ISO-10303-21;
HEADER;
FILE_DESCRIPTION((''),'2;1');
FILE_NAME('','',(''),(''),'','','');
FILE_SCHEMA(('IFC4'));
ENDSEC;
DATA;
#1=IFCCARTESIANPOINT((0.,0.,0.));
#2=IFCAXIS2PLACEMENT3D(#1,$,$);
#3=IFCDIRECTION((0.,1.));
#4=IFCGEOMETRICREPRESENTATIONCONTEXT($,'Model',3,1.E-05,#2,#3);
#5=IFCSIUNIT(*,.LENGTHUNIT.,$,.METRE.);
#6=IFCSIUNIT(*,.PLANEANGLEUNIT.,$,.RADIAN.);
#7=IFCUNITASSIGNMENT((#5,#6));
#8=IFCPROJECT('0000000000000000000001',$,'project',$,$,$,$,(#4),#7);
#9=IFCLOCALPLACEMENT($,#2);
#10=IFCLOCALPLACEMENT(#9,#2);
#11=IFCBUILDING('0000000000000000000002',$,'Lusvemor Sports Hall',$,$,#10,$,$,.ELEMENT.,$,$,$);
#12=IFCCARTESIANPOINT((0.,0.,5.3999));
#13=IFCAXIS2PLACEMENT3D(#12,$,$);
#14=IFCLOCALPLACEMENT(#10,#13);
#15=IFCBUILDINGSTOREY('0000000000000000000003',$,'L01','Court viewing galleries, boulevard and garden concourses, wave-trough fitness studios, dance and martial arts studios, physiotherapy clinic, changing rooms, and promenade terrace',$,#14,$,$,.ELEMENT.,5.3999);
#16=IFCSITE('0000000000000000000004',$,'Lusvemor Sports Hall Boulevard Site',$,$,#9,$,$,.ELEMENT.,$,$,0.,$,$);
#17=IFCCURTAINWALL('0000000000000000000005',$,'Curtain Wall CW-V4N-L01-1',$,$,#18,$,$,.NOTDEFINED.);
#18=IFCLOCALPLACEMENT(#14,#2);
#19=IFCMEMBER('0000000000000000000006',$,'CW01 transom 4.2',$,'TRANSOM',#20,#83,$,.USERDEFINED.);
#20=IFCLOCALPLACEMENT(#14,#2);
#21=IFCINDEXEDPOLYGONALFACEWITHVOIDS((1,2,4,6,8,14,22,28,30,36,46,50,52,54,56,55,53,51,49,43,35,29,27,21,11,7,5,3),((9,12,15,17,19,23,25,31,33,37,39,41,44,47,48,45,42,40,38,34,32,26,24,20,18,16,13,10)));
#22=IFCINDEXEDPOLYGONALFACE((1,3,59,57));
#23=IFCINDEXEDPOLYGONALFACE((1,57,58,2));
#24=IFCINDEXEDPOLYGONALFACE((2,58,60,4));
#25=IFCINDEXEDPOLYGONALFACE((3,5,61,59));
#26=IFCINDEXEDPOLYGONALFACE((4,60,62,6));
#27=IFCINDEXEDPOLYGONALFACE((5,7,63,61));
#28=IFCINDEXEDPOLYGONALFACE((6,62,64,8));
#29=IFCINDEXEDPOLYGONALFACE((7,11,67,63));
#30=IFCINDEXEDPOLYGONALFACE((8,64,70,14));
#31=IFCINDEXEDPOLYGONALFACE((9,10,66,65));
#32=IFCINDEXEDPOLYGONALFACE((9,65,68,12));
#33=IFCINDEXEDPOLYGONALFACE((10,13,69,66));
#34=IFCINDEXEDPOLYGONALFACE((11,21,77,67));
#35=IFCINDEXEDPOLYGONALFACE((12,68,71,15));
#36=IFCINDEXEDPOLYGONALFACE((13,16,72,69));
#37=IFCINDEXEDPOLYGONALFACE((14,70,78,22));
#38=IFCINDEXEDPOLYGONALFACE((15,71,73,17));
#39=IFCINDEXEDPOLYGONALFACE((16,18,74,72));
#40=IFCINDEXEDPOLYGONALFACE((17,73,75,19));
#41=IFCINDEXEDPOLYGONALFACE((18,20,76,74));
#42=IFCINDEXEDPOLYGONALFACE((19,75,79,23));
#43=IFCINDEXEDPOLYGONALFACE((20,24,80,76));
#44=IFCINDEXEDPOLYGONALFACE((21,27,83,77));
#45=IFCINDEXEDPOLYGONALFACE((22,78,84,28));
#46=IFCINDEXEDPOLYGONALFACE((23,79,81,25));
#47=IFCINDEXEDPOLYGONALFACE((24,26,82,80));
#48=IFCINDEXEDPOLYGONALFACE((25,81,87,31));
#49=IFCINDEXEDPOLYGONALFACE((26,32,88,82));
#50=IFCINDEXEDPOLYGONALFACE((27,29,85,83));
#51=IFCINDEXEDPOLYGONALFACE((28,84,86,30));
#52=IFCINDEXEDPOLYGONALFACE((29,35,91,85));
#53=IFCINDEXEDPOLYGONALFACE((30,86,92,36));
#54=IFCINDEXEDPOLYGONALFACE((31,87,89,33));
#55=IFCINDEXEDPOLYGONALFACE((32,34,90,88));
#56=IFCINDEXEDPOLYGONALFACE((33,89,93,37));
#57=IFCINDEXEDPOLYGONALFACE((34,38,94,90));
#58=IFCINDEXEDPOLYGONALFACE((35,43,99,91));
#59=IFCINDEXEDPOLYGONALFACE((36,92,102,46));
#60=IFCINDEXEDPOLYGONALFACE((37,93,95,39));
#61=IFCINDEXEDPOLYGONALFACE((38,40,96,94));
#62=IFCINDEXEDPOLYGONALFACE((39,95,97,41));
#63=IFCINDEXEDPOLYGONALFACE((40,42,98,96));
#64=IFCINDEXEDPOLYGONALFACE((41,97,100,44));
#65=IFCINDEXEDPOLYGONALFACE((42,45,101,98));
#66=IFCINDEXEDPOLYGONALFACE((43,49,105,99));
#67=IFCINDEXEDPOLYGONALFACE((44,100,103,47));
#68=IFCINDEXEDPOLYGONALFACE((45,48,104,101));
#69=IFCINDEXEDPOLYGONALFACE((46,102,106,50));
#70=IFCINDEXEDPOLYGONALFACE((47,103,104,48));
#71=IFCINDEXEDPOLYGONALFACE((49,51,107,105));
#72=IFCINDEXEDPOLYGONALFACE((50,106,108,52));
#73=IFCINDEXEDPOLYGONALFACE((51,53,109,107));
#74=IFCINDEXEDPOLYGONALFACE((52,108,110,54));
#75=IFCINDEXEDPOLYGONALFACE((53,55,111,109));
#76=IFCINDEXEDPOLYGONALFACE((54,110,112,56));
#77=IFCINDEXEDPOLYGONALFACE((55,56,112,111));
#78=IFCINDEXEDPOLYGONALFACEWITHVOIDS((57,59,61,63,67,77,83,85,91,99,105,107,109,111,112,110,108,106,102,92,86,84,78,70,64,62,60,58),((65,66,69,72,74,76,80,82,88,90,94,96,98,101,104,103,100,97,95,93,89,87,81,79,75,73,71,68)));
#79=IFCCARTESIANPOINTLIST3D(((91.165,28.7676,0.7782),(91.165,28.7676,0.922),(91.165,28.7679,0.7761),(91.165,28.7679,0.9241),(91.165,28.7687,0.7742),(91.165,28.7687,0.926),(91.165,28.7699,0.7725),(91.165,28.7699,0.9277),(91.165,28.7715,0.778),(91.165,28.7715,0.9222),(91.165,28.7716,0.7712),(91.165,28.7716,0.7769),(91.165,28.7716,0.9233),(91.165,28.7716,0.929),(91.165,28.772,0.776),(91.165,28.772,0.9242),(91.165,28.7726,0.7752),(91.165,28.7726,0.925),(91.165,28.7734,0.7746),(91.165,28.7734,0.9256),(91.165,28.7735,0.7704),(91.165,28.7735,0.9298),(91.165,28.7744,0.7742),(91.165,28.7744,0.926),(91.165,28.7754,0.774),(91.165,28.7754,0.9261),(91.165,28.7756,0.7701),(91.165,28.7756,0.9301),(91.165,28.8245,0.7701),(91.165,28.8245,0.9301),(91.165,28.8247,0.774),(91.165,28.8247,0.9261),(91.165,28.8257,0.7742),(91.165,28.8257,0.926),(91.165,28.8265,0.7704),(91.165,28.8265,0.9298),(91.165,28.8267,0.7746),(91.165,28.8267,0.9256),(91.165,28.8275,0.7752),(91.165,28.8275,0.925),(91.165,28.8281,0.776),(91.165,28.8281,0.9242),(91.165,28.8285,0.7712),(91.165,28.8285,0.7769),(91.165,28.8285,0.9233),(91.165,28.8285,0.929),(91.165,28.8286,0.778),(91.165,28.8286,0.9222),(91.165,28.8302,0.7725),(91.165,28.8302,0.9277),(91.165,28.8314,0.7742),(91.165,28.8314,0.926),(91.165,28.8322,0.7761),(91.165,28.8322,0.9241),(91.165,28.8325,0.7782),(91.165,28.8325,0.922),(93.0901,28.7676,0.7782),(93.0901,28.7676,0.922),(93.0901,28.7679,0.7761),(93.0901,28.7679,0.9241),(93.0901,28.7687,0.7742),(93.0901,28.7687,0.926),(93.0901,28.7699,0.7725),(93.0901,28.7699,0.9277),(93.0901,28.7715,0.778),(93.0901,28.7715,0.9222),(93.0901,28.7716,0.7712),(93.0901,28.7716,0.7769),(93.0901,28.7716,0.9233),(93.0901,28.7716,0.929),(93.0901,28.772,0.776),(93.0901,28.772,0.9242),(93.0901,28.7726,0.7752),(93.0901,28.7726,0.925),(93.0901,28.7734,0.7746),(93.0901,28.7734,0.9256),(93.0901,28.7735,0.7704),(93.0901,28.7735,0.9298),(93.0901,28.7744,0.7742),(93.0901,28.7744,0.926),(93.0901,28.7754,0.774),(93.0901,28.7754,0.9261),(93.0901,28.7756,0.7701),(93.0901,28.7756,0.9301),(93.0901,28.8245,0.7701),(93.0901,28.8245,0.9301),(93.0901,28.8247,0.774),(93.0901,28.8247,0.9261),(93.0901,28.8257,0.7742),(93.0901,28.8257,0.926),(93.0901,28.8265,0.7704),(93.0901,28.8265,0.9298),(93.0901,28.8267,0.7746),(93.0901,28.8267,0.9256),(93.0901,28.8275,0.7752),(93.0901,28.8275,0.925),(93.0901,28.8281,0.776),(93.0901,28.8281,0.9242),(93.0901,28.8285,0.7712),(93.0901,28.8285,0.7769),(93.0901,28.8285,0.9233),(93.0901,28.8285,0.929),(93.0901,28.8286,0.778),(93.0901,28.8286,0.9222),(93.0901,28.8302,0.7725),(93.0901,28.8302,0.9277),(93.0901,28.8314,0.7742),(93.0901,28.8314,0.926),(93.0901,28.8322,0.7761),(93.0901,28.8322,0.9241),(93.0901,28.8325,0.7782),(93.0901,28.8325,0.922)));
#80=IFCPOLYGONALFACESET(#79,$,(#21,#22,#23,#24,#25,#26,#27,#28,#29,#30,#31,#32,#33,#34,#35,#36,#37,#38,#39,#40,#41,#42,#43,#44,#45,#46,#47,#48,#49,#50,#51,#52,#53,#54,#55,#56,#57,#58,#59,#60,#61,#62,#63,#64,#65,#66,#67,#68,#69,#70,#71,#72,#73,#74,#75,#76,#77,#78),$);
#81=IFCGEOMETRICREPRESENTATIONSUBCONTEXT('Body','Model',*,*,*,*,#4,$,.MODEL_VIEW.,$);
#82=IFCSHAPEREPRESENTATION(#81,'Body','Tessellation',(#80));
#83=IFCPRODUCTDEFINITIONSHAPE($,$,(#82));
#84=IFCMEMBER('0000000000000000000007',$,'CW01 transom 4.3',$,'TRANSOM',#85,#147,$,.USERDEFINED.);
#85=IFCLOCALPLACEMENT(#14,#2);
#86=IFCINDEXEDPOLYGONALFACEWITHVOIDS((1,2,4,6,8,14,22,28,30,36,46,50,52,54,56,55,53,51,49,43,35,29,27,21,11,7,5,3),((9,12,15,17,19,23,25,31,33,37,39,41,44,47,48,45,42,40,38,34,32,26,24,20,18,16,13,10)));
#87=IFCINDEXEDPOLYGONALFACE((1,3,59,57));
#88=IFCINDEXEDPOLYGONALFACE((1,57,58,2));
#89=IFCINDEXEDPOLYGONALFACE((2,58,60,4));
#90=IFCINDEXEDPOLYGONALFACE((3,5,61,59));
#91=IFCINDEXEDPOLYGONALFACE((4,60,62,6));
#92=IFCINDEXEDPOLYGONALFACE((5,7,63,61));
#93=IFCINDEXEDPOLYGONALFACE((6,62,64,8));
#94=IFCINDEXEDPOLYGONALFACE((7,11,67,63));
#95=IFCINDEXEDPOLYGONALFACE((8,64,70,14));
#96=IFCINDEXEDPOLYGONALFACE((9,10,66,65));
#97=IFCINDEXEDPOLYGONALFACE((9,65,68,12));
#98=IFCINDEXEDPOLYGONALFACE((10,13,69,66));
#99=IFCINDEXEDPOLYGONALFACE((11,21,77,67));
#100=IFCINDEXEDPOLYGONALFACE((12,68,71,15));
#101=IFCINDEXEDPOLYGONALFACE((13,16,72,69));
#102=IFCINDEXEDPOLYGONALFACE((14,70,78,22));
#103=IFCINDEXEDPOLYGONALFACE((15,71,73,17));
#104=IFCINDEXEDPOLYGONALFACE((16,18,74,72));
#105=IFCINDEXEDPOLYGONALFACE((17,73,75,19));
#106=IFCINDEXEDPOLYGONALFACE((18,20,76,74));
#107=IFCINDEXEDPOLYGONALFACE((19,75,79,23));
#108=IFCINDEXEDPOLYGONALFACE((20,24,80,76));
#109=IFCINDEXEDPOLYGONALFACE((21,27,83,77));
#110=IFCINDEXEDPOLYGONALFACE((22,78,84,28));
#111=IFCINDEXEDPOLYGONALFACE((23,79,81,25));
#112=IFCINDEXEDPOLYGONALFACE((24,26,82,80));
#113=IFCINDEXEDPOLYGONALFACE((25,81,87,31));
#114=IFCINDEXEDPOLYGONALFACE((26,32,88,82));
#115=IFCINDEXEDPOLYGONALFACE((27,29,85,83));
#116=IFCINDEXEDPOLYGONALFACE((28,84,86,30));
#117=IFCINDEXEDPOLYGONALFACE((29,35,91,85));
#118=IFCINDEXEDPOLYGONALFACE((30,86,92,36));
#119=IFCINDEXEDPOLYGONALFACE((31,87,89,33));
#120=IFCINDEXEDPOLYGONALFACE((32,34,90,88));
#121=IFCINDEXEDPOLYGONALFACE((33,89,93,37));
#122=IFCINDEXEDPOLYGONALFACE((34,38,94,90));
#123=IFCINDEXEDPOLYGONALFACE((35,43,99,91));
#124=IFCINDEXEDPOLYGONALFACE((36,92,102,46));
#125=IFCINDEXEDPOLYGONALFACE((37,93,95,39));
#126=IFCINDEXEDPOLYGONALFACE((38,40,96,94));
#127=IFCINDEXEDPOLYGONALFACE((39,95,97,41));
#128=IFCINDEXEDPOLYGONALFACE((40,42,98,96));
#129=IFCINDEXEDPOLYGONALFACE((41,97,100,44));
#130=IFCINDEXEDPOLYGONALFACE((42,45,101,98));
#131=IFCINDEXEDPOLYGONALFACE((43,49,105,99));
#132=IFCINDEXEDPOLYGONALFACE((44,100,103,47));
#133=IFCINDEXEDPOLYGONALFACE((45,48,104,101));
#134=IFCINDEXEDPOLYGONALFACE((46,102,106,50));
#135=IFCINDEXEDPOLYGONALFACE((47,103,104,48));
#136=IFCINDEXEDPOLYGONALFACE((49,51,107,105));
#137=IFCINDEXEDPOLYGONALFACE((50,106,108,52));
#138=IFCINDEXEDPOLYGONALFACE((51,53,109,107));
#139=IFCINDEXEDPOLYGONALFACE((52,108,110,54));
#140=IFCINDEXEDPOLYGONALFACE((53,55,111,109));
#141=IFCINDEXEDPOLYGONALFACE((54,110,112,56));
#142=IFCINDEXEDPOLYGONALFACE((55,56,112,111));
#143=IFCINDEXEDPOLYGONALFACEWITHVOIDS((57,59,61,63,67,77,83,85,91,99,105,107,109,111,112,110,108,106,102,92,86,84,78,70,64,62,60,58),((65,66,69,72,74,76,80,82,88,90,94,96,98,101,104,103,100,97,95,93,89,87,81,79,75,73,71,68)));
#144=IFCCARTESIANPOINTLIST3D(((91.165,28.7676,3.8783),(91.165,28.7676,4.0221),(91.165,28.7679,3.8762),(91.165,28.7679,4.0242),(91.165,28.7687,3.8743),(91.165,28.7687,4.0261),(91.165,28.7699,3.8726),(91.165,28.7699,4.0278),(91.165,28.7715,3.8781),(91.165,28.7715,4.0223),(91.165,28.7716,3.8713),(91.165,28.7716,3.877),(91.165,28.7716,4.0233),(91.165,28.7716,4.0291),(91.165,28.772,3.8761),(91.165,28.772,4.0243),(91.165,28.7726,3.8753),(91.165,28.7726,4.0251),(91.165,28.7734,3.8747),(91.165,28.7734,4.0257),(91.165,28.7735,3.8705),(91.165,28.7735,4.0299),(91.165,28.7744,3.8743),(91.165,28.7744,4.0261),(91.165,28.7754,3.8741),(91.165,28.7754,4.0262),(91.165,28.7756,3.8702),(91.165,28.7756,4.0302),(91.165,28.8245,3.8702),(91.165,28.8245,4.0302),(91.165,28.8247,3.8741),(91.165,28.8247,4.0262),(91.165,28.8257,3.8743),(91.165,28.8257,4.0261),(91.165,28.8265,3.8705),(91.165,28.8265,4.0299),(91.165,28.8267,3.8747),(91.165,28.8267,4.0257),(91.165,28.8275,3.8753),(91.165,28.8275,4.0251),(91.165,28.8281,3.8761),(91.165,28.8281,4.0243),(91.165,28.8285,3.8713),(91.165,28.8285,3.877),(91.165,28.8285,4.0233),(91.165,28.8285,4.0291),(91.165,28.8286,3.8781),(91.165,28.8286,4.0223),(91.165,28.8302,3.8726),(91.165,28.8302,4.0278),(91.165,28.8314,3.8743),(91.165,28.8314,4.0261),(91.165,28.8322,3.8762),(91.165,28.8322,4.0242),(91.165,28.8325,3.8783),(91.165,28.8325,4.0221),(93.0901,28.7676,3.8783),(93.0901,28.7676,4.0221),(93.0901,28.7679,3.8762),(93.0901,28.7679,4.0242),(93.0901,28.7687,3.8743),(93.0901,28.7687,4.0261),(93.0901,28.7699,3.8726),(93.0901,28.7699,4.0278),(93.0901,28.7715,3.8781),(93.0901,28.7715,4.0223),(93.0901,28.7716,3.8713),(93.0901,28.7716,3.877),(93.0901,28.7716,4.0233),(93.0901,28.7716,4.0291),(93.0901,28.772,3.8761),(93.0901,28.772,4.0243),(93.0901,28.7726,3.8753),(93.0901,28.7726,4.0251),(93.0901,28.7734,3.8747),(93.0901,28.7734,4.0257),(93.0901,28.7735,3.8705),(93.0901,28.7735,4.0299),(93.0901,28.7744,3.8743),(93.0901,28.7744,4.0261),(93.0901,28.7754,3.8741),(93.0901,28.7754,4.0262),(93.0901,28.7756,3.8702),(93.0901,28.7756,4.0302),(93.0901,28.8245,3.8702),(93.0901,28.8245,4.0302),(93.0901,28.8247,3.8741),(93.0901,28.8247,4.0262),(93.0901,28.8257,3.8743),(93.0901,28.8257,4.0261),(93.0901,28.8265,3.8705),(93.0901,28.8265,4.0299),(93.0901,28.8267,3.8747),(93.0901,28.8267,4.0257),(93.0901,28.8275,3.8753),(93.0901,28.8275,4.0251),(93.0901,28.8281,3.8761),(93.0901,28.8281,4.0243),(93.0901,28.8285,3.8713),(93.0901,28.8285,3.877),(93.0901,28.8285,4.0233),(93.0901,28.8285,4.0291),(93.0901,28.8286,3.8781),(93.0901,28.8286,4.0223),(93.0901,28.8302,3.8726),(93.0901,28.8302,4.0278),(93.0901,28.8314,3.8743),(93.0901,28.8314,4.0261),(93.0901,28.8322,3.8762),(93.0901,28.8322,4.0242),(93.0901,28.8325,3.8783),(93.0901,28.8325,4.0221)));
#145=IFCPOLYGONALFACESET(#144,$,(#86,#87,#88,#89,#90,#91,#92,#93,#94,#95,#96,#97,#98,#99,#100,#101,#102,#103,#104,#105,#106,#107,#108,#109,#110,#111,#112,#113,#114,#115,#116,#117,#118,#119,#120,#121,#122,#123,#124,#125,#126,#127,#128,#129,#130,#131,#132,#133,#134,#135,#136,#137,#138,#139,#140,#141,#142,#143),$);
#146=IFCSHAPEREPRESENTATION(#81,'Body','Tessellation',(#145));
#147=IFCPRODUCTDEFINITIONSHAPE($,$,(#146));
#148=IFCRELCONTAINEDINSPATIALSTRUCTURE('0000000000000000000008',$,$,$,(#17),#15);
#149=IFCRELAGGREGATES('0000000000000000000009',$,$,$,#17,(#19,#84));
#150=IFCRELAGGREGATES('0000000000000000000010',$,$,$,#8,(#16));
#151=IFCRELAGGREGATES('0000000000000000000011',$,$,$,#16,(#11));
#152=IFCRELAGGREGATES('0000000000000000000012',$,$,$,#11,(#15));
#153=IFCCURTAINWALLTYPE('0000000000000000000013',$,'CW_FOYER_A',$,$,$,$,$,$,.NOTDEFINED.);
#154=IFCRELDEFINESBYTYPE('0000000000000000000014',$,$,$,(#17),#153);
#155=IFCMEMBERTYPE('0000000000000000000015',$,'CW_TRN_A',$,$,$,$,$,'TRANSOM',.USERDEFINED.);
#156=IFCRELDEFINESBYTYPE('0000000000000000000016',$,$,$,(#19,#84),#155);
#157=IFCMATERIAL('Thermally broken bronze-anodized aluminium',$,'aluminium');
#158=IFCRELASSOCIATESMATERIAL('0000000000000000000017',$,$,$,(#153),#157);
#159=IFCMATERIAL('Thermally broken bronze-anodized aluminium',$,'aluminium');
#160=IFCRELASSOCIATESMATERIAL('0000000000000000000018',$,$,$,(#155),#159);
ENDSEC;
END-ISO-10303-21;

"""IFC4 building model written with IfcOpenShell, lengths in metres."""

from ifc_helpers import new_model, si_unit, direction, frame, origin, origin_2d, place, context, subcontext, project, spatial, hollow_rectangle, extrude, material, material_profile, profile_set, type_object, element, aggregate, save


model = new_model("IFC4")

# Units and contexts
model_context = context("Model", 3, precision=1e-05, world=origin(), true_north=direction((0.0, 1.0)))
body_context = subcontext(model_context, "Body", "Model", "MODEL_VIEW")
ifc_project = project(units=[si_unit("LENGTHUNIT", "METRE"), si_unit("PLANEANGLEUNIT", "RADIAN")], contexts=[model_context])

# Site, building, storey
site_placement = place(None, origin())
site = spatial("IfcSite", under=ifc_project, at=site_placement, Name="Lusvemor Sports Hall Boulevard Site", CompositionType="ELEMENT", RefElevation=0.0)
building_placement = place(site_placement, origin())
building = spatial("IfcBuilding", under=site, at=building_placement, Name="Lusvemor Sports Hall", CompositionType="ELEMENT")
storey_placement = place(building_placement, frame((0.0, 0.0, 5.3999)))
storey = spatial("IfcBuildingStorey", under=building, at=storey_placement, Name="L01", Description="Court viewing galleries, boulevard and garden concourses, wave-trough fitness studios, dance and martial arts studios, physiotherapy clinic, changing rooms, and promenade terrace", CompositionType="ELEMENT", Elevation=5.3999)

# Curtain wall
ifc_material_1 = material(Name="Thermally broken bronze-anodized aluminium", Category="aluminium")
curtain_wall_type = type_object("IfcCurtainWallType", Name="CW_FOYER_A", PredefinedType="NOTDEFINED", material=ifc_material_1)
curtain_wall_1_placement = place(storey_placement, origin())
curtain_wall_1 = element("IfcCurtainWall", 1, at=curtain_wall_1_placement, inside=storey, type_object=curtain_wall_type, Name="Curtain Wall CW-V4N-L01-1", PredefinedType="NOTDEFINED")

# Members
ifc_material_2 = material(Name="Thermally broken bronze-anodized aluminium", Category="aluminium")
ifc_material_profile_1 = material_profile(ifc_material_2, hollow_rectangle(XDim=0.0649, YDim=0.1599, WallThickness=0.0039, InnerFilletRadius=0.0039, OuterFilletRadius=0.0081, at=origin_2d()), Name="CWTRN160x65x4")
ifc_profile_set_1 = profile_set([ifc_material_profile_1], Name="Thermally broken bronze-anodized aluminium")
member_type_1 = type_object("IfcMemberType", Name="CW_TRN_A", ElementType="TRANSOM", PredefinedType="USERDEFINED", material=ifc_profile_set_1)
member_1_placement = place(storey_placement, frame((91.165, 28.8, 0.8501), z_axis=(1.0, 0.0, 0.0), x_axis=(0.0, 1.0, 0.0)))
member_1 = element("IfcMember", 2, at=member_1_placement, type_object=member_type_1, Name="CW01 transom 4.2", ObjectType="TRANSOM", PredefinedType="USERDEFINED", context=body_context, shape_type="SweptSolid", body=[
    extrude(hollow_rectangle(XDim=0.0649, YDim=0.1599, WallThickness=0.0039, InnerFilletRadius=0.0039, OuterFilletRadius=0.0081, at=origin_2d()), origin(), (0.0, 0.0, 1.0), 1.925),
])
member_2_placement = place(storey_placement, frame((91.165, 28.8, 3.9502), z_axis=(1.0, 0.0, 0.0), x_axis=(0.0, 1.0, 0.0)))
member_2 = element("IfcMember", 3, at=member_2_placement, type_object=member_type_1, Name="CW01 transom 4.3", ObjectType="TRANSOM", PredefinedType="USERDEFINED", context=body_context, shape_type="SweptSolid", body=[
    extrude(hollow_rectangle(XDim=0.0649, YDim=0.1599, WallThickness=0.0039, InnerFilletRadius=0.0039, OuterFilletRadius=0.0081, at=origin_2d()), origin(), (0.0, 0.0, 1.0), 1.925),
])

aggregate(curtain_wall_1, [member_1, member_2])

save(model, "model.ifc")
